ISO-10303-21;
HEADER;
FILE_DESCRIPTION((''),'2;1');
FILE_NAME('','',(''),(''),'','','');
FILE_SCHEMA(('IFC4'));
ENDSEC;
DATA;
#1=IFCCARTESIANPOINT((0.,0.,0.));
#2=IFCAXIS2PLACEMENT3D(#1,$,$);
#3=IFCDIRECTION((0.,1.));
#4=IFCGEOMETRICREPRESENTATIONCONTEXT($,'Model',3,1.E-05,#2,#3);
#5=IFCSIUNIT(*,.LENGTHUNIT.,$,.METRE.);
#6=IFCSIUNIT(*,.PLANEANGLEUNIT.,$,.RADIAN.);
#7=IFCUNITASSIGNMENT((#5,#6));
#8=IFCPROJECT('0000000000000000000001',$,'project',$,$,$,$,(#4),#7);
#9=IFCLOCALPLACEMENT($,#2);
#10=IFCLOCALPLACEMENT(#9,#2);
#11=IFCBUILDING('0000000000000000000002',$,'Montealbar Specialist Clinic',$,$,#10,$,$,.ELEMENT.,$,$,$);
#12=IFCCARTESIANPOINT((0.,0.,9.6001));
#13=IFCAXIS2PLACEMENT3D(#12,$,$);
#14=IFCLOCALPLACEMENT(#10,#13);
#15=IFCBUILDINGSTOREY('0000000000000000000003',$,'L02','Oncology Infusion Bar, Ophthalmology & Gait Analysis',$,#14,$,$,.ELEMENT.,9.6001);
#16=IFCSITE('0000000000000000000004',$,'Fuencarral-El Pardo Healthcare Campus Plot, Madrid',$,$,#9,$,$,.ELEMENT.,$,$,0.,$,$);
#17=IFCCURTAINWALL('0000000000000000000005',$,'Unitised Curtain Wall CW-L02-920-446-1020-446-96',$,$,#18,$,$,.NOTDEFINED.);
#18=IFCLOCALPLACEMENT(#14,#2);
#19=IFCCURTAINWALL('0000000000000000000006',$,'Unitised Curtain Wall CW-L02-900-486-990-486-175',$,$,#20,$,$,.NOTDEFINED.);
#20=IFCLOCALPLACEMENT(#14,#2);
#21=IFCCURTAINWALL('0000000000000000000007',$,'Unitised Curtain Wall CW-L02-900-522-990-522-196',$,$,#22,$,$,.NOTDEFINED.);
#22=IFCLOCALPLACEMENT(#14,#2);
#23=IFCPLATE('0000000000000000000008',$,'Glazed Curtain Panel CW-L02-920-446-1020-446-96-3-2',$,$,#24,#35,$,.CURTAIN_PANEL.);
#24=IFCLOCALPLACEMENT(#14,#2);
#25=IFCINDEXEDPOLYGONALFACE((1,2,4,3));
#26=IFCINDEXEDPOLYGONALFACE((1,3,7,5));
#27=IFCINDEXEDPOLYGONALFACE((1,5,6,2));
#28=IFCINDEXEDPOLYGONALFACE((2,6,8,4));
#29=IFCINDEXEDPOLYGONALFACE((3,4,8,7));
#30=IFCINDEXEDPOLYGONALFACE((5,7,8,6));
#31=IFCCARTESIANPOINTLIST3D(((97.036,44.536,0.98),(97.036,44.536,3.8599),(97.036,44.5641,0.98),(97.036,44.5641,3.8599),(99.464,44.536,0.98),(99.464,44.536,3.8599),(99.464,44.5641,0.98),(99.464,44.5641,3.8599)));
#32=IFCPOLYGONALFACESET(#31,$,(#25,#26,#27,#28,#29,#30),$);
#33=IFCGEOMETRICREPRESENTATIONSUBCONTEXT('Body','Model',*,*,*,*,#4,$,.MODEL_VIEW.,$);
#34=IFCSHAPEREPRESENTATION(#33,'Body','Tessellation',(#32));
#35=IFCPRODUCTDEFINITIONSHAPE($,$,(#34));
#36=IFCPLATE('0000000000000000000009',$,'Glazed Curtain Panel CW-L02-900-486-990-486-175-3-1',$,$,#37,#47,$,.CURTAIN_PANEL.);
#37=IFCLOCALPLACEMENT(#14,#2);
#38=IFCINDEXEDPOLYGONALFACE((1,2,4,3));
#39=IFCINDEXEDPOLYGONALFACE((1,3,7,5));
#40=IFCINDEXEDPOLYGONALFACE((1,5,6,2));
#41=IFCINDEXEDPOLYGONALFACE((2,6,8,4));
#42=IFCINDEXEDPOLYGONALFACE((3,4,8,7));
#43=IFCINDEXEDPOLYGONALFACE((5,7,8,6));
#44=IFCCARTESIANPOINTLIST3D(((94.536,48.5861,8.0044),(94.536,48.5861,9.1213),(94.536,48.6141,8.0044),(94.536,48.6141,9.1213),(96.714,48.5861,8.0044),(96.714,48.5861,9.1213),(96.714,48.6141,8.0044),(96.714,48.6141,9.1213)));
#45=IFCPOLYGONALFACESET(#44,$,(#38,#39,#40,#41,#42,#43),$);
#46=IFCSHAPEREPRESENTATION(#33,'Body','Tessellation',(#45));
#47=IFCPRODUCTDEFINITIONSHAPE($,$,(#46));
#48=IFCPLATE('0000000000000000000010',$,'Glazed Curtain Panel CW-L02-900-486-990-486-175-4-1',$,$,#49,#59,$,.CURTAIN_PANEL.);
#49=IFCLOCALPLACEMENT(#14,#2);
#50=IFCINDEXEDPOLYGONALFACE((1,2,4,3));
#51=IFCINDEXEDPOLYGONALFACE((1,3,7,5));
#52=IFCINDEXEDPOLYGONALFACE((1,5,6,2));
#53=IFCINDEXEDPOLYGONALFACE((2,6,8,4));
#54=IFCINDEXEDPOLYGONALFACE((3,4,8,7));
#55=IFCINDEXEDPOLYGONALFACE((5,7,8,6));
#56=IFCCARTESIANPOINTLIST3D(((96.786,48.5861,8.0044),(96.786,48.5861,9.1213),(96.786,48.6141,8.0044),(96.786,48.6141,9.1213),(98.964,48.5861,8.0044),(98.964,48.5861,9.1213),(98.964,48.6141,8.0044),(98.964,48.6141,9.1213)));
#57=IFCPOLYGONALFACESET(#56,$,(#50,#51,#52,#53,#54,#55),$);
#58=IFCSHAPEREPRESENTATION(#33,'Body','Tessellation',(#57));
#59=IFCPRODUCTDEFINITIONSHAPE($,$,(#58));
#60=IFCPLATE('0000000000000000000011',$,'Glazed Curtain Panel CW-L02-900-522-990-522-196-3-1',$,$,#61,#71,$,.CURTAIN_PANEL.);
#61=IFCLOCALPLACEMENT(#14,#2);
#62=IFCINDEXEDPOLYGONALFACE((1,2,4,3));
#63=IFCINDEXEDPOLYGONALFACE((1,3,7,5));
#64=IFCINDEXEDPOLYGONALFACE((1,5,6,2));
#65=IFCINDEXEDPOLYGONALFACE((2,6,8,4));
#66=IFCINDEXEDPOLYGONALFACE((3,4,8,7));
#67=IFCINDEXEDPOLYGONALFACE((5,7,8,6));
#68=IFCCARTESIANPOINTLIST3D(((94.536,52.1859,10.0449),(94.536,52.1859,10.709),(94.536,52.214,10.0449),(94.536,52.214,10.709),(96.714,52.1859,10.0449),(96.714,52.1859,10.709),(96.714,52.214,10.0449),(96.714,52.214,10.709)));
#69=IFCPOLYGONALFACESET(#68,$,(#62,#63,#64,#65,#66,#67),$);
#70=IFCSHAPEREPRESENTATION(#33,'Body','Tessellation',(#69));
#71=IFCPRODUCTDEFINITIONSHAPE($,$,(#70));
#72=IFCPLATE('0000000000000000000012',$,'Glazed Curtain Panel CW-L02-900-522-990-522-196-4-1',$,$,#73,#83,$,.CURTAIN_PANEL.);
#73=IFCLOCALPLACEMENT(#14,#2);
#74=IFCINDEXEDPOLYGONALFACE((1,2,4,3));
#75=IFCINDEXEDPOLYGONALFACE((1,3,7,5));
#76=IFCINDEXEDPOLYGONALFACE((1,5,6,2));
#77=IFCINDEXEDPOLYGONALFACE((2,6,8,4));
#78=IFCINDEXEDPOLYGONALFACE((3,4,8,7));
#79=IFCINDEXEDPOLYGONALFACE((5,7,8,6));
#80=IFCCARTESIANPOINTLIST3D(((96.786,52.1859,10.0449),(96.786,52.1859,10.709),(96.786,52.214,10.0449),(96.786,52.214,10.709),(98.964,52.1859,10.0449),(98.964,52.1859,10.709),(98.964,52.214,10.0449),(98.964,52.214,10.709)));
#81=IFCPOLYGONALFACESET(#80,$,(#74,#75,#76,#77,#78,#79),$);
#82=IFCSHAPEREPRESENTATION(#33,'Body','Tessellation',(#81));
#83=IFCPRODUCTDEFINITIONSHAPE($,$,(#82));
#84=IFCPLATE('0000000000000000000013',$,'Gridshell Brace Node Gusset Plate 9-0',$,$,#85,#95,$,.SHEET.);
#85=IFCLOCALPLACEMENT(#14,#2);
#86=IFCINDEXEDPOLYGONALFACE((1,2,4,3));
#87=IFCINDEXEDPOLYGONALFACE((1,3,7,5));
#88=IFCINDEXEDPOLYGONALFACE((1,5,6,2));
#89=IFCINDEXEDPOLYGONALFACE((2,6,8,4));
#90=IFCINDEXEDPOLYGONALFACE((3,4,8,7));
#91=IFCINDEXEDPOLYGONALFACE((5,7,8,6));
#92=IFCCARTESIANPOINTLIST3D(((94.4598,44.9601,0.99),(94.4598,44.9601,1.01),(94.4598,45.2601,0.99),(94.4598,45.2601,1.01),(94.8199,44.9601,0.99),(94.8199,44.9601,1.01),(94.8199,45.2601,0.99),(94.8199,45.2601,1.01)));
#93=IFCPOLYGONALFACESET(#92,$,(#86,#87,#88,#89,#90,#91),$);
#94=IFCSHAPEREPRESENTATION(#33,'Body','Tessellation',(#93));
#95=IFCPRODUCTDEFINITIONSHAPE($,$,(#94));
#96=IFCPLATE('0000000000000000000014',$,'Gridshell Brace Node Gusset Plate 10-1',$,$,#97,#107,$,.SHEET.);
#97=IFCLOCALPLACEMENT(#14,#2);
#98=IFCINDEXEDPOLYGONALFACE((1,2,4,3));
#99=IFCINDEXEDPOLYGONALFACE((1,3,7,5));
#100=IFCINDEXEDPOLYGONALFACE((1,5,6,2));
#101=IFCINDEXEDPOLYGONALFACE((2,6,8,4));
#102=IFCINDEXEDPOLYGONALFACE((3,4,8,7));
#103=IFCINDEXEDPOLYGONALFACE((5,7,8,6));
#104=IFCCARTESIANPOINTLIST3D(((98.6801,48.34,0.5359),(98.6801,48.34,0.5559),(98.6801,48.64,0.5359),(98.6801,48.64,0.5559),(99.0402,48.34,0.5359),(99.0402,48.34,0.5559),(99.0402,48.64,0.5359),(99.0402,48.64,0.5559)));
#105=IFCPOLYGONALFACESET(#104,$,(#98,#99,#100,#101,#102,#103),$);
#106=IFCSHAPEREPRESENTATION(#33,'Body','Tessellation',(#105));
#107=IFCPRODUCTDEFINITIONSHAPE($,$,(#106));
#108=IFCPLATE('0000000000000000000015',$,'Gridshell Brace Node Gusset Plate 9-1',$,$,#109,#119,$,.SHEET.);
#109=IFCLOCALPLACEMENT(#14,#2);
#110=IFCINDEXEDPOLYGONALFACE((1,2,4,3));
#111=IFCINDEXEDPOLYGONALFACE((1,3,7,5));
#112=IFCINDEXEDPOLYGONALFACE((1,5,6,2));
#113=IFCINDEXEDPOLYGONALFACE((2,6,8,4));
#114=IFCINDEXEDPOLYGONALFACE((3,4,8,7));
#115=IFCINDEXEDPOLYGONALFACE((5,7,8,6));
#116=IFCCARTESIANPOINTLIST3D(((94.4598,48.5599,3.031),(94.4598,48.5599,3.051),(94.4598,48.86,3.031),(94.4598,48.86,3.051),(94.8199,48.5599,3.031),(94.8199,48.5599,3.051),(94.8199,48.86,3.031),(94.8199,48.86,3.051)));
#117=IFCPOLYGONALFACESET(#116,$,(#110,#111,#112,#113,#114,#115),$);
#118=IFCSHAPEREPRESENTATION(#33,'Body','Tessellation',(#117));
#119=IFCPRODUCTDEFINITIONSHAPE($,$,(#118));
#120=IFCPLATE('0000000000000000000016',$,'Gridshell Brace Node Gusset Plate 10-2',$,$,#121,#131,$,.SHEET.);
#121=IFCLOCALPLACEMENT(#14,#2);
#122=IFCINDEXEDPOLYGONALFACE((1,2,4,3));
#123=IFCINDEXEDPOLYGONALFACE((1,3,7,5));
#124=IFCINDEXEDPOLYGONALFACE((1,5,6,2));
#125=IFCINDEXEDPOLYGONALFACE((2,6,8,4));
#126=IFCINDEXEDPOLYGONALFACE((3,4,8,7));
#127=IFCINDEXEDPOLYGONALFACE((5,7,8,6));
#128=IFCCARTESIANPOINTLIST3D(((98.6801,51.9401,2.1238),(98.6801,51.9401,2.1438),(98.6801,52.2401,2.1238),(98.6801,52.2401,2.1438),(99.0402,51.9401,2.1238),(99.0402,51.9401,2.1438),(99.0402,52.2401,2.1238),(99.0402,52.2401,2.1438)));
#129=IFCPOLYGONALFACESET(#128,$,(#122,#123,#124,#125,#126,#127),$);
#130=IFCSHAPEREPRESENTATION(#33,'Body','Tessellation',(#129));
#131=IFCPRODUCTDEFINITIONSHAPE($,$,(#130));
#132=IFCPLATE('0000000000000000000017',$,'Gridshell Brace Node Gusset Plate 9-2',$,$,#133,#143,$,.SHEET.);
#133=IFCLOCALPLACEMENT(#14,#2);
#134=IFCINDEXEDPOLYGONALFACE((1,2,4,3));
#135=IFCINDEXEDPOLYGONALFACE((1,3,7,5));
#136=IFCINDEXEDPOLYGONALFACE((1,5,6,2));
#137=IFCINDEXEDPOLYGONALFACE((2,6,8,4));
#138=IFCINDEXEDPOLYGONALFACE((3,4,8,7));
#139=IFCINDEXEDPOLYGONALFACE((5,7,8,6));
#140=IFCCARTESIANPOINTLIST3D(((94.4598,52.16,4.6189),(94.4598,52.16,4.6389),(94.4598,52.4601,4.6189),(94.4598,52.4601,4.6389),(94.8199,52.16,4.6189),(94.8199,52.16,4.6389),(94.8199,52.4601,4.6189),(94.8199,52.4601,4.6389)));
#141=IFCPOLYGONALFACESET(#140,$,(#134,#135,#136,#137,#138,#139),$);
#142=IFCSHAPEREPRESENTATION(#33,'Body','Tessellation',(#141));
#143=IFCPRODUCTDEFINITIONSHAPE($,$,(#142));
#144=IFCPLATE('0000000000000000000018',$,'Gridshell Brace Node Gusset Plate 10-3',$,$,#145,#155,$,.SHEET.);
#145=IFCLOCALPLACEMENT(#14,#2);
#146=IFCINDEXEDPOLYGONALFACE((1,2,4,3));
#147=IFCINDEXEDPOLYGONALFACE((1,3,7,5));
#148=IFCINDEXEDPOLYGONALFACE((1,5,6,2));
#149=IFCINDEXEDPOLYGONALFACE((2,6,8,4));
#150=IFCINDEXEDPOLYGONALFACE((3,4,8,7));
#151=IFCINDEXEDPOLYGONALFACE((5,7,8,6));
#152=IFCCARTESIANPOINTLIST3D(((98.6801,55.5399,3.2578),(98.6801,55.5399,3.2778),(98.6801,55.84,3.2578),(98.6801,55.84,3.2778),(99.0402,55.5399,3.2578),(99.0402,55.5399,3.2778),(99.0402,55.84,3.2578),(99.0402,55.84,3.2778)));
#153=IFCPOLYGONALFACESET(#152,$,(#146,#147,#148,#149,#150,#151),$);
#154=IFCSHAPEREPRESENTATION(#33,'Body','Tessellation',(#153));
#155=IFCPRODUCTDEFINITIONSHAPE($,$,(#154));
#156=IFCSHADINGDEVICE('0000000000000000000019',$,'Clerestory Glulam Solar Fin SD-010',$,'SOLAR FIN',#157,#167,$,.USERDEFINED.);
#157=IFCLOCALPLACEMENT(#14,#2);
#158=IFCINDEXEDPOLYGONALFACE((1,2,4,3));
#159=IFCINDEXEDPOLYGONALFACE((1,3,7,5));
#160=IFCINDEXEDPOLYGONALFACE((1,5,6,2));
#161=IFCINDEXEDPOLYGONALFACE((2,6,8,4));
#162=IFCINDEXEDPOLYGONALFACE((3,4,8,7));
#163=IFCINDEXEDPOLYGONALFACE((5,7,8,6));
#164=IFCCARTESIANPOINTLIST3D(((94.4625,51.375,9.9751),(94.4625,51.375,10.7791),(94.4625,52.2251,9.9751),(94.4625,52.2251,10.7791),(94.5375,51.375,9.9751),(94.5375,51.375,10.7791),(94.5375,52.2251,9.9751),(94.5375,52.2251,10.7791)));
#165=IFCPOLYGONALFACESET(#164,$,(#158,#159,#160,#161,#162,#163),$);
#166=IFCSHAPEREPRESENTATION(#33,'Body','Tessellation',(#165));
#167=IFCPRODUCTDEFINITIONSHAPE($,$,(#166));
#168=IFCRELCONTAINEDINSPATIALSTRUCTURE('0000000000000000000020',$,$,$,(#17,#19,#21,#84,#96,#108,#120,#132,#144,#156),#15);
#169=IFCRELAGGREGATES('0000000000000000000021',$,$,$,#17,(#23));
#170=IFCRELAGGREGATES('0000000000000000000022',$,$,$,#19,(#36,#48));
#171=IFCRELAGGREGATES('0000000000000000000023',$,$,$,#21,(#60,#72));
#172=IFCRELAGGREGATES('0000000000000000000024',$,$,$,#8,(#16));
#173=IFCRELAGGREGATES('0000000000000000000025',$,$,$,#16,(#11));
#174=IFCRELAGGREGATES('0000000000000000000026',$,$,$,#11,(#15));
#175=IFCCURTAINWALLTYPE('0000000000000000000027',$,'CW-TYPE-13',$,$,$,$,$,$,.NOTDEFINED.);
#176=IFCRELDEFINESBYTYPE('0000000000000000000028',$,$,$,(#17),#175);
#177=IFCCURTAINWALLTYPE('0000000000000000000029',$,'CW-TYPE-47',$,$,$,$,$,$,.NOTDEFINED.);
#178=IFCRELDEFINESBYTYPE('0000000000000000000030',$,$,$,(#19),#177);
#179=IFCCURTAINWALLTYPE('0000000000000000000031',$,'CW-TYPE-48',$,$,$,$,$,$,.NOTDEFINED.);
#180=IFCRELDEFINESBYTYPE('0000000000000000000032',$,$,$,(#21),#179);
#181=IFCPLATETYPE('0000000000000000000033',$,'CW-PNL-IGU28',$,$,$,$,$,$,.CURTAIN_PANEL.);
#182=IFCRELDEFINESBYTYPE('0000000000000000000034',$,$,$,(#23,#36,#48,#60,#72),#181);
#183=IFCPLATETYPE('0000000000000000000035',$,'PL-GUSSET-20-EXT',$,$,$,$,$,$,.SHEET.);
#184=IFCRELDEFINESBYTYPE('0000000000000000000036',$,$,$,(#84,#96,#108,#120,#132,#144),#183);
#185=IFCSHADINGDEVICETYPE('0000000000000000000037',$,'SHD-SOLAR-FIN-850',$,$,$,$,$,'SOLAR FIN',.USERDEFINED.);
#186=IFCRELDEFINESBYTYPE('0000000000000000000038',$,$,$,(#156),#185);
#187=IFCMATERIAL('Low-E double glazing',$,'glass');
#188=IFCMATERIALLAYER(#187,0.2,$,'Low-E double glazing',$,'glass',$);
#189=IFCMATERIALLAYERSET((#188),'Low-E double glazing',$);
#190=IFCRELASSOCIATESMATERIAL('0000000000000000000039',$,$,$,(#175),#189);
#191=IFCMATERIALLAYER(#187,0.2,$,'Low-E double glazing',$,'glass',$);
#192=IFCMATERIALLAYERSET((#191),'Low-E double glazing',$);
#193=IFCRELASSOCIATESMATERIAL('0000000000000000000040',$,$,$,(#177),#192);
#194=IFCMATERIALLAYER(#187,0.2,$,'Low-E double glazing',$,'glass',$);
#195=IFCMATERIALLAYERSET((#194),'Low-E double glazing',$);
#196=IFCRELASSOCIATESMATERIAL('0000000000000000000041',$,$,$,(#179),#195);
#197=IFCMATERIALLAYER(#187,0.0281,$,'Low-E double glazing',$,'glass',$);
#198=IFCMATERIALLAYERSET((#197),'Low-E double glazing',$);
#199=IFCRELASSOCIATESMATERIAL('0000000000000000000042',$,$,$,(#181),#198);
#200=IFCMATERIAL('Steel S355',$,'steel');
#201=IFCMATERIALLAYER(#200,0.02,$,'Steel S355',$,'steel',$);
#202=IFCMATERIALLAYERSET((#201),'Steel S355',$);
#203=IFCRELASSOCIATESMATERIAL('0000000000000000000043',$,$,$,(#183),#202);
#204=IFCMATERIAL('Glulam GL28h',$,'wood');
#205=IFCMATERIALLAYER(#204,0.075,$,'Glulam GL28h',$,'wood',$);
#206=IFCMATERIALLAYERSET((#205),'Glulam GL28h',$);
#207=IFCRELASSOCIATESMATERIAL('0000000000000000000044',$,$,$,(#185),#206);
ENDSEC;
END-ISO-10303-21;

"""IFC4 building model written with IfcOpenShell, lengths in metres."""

from ifc_helpers import new_model, si_unit, direction, frame, origin, origin_2d, place, context, subcontext, project, spatial, rectangle, extrude, material, layer, layer_set, type_object, element, aggregate, save


model = new_model("IFC4")

# Units and contexts
model_context = context("Model", 3, precision=1e-05, world=origin(), true_north=direction((0.0, 1.0)))
body_context = subcontext(model_context, "Body", "Model", "MODEL_VIEW")
ifc_project = project(units=[si_unit("LENGTHUNIT", "METRE"), si_unit("PLANEANGLEUNIT", "RADIAN")], contexts=[model_context])

# Site, building, storey
site_placement = place(None, origin())
site = spatial("IfcSite", under=ifc_project, at=site_placement, Name="Fuencarral-El Pardo Healthcare Campus Plot, Madrid", CompositionType="ELEMENT", RefElevation=0.0)
building_placement = place(site_placement, origin())
building = spatial("IfcBuilding", under=site, at=building_placement, Name="Montealbar Specialist Clinic", CompositionType="ELEMENT")
storey_placement = place(building_placement, frame((0.0, 0.0, 9.6001)))
storey = spatial("IfcBuildingStorey", under=building, at=storey_placement, Name="L02", Description="Oncology Infusion Bar, Ophthalmology & Gait Analysis", CompositionType="ELEMENT", Elevation=9.6001)

# Shared definitions
ifc_material_1 = material(Name="Steel S355", Category="steel")

# Shared definitions
ifc_material_2 = material(Name="Glulam GL28h", Category="wood")

# Curtain wall
ifc_material_3 = material(Name="Low-E double glazing", Category="glass")
ifc_layer_1 = layer(ifc_material_3, 0.2, Name="Low-E double glazing", Category="glass")
ifc_layer_set_1 = layer_set([ifc_layer_1], Name="Low-E double glazing")
curtain_wall_type_1 = type_object("IfcCurtainWallType", Name="CW-TYPE-13", PredefinedType="NOTDEFINED", material=ifc_layer_set_1)
curtain_wall_1_placement = place(storey_placement, origin())
curtain_wall_1 = element("IfcCurtainWall", 1, at=curtain_wall_1_placement, inside=storey, type_object=curtain_wall_type_1, Name="Unitised Curtain Wall CW-L02-920-446-1020-446-96", PredefinedType="NOTDEFINED")

# Curtain walls
ifc_layer_2 = layer(ifc_material_3, 0.2, Name="Low-E double glazing", Category="glass")
ifc_layer_set_2 = layer_set([ifc_layer_2], Name="Low-E double glazing")
curtain_wall_type_2 = type_object("IfcCurtainWallType", Name="CW-TYPE-47", PredefinedType="NOTDEFINED", material=ifc_layer_set_2)
curtain_wall_2_placement = place(storey_placement, origin())
curtain_wall_2 = element("IfcCurtainWall", 2, at=curtain_wall_2_placement, inside=storey, type_object=curtain_wall_type_2, Name="Unitised Curtain Wall CW-L02-900-486-990-486-175", PredefinedType="NOTDEFINED")
ifc_layer_3 = layer(ifc_material_3, 0.2, Name="Low-E double glazing", Category="glass")
ifc_layer_set_3 = layer_set([ifc_layer_3], Name="Low-E double glazing")
curtain_wall_type_3 = type_object("IfcCurtainWallType", Name="CW-TYPE-48", PredefinedType="NOTDEFINED", material=ifc_layer_set_3)
curtain_wall_3_placement = place(storey_placement, origin())
curtain_wall_3 = element("IfcCurtainWall", 3, at=curtain_wall_3_placement, inside=storey, type_object=curtain_wall_type_3, Name="Unitised Curtain Wall CW-L02-900-522-990-522-196", PredefinedType="NOTDEFINED")

# Plates
ifc_layer_4 = layer(ifc_material_3, 0.0281, Name="Low-E double glazing", Category="glass")
ifc_layer_set_4 = layer_set([ifc_layer_4], Name="Low-E double glazing")
plate_type_1 = type_object("IfcPlateType", Name="CW-PNL-IGU28", PredefinedType="CURTAIN_PANEL", material=ifc_layer_set_4)
plate_1_placement = place(storey_placement, frame((98.25, 44.55, 0.98), z_axis=(0.0, 0.0, 1.0), x_axis=(1.0, 0.0, 0.0)))
plate_1 = element("IfcPlate", 4, at=plate_1_placement, type_object=plate_type_1, Name="Glazed Curtain Panel CW-L02-920-446-1020-446-96-3-2", PredefinedType="CURTAIN_PANEL", context=body_context, shape_type="SweptSolid", body=[
    extrude(rectangle(XDim=2.428, YDim=0.0281, at=origin_2d()), origin(), (0.0, 0.0, 1.0), 2.8799),
])
aggregate(curtain_wall_1, [plate_1])
plate_2_placement = place(storey_placement, frame((95.625, 48.6001, 8.0044), z_axis=(0.0, 0.0, 1.0), x_axis=(1.0, 0.0, 0.0)))
plate_2 = element("IfcPlate", 5, at=plate_2_placement, type_object=plate_type_1, Name="Glazed Curtain Panel CW-L02-900-486-990-486-175-3-1", PredefinedType="CURTAIN_PANEL", context=body_context, shape_type="SweptSolid", body=[
    extrude(rectangle(XDim=2.178, YDim=0.0281, at=origin_2d()), origin(), (0.0, 0.0, 1.0), 1.1169),
])
plate_3_placement = place(storey_placement, frame((97.875, 48.6001, 8.0044), z_axis=(0.0, 0.0, 1.0), x_axis=(1.0, 0.0, 0.0)))
plate_3 = element("IfcPlate", 6, at=plate_3_placement, type_object=plate_type_1, Name="Glazed Curtain Panel CW-L02-900-486-990-486-175-4-1", PredefinedType="CURTAIN_PANEL", context=body_context, shape_type="SweptSolid", body=[
    extrude(rectangle(XDim=2.178, YDim=0.0281, at=origin_2d()), origin(), (0.0, 0.0, 1.0), 1.1169),
])
aggregate(curtain_wall_2, [plate_2, plate_3])
plate_4_placement = place(storey_placement, frame((95.625, 52.2, 10.0449), z_axis=(0.0, 0.0, 1.0), x_axis=(1.0, 0.0, 0.0)))
plate_4 = element("IfcPlate", 7, at=plate_4_placement, type_object=plate_type_1, Name="Glazed Curtain Panel CW-L02-900-522-990-522-196-3-1", PredefinedType="CURTAIN_PANEL", context=body_context, shape_type="SweptSolid", body=[
    extrude(rectangle(XDim=2.178, YDim=0.0281, at=origin_2d()), origin(), (0.0, 0.0, 1.0), 0.6641),
])
plate_5_placement = place(storey_placement, frame((97.875, 52.2, 10.0449), z_axis=(0.0, 0.0, 1.0), x_axis=(1.0, 0.0, 0.0)))
plate_5 = element("IfcPlate", 8, at=plate_5_placement, type_object=plate_type_1, Name="Glazed Curtain Panel CW-L02-900-522-990-522-196-4-1", PredefinedType="CURTAIN_PANEL", context=body_context, shape_type="SweptSolid", body=[
    extrude(rectangle(XDim=2.178, YDim=0.0281, at=origin_2d()), origin(), (0.0, 0.0, 1.0), 0.6641),
])
aggregate(curtain_wall_3, [plate_4, plate_5])

# Plates
ifc_layer_5 = layer(ifc_material_1, 0.02, Name="Steel S355", Category="steel")
ifc_layer_set_5 = layer_set([ifc_layer_5], Name="Steel S355")
plate_type_2 = type_object("IfcPlateType", Name="PL-GUSSET-20-EXT", PredefinedType="SHEET", material=ifc_layer_set_5)
for number, where, z_axis, x_axis, name in (
    (9, (94.6399, 45.1101, 0.99), (0.0, 0.0, 1.0), (1.0, 0.0, 0.0), "Gridshell Brace Node Gusset Plate 9-0"),
    (10, (98.8601, 48.49, 0.5359), (0.0, 0.0, 1.0), (1.0, 0.0, 0.0), "Gridshell Brace Node Gusset Plate 10-1"),
    (11, (94.6399, 48.71, 3.031), (0.0, 0.0, 1.0), (1.0, 0.0, 0.0), "Gridshell Brace Node Gusset Plate 9-1"),
    (12, (98.8601, 52.0901, 2.1238), (0.0, 0.0, 1.0), (1.0, 0.0, 0.0), "Gridshell Brace Node Gusset Plate 10-2"),
    (13, (94.6399, 52.3101, 4.6189), (0.0, 0.0, 1.0), (1.0, 0.0, 0.0), "Gridshell Brace Node Gusset Plate 9-2"),
    (14, (98.8601, 55.6899, 3.2578), (0.0, 0.0, 1.0), (1.0, 0.0, 0.0), "Gridshell Brace Node Gusset Plate 10-3"),
):
    element("IfcPlate", number, at=place(storey_placement, frame(where, z_axis=z_axis, x_axis=x_axis)), inside=storey, type_object=plate_type_2, Name=name, PredefinedType="SHEET", context=body_context, shape_type="SweptSolid", body=[
        extrude(rectangle(XDim=0.3601, YDim=0.3, at=origin_2d()), origin(), (0.0, 0.0, 1.0), 0.02),
    ])

# Shading device
ifc_layer_6 = layer(ifc_material_2, 0.075, Name="Glulam GL28h", Category="wood")
ifc_layer_set_6 = layer_set([ifc_layer_6], Name="Glulam GL28h")
shading_device_type = type_object("IfcShadingDeviceType", Name="SHD-SOLAR-FIN-850", ElementType="SOLAR FIN", PredefinedType="USERDEFINED", material=ifc_layer_set_6)
shading_device_placement = place(storey_placement, frame((94.5, 51.8, 9.9751), z_axis=(0.0, 0.0, 1.0), x_axis=(0.0, -1.0, 0.0)))
element("IfcShadingDevice", 15, at=shading_device_placement, inside=storey, type_object=shading_device_type, Name="Clerestory Glulam Solar Fin SD-010", ObjectType="SOLAR FIN", PredefinedType="USERDEFINED", context=body_context, shape_type="SweptSolid", body=[
    extrude(rectangle(XDim=0.8501, YDim=0.075, at=origin_2d()), origin(), (0.0, 0.0, 1.0), 0.804),
])

save(model, "model.ifc")
